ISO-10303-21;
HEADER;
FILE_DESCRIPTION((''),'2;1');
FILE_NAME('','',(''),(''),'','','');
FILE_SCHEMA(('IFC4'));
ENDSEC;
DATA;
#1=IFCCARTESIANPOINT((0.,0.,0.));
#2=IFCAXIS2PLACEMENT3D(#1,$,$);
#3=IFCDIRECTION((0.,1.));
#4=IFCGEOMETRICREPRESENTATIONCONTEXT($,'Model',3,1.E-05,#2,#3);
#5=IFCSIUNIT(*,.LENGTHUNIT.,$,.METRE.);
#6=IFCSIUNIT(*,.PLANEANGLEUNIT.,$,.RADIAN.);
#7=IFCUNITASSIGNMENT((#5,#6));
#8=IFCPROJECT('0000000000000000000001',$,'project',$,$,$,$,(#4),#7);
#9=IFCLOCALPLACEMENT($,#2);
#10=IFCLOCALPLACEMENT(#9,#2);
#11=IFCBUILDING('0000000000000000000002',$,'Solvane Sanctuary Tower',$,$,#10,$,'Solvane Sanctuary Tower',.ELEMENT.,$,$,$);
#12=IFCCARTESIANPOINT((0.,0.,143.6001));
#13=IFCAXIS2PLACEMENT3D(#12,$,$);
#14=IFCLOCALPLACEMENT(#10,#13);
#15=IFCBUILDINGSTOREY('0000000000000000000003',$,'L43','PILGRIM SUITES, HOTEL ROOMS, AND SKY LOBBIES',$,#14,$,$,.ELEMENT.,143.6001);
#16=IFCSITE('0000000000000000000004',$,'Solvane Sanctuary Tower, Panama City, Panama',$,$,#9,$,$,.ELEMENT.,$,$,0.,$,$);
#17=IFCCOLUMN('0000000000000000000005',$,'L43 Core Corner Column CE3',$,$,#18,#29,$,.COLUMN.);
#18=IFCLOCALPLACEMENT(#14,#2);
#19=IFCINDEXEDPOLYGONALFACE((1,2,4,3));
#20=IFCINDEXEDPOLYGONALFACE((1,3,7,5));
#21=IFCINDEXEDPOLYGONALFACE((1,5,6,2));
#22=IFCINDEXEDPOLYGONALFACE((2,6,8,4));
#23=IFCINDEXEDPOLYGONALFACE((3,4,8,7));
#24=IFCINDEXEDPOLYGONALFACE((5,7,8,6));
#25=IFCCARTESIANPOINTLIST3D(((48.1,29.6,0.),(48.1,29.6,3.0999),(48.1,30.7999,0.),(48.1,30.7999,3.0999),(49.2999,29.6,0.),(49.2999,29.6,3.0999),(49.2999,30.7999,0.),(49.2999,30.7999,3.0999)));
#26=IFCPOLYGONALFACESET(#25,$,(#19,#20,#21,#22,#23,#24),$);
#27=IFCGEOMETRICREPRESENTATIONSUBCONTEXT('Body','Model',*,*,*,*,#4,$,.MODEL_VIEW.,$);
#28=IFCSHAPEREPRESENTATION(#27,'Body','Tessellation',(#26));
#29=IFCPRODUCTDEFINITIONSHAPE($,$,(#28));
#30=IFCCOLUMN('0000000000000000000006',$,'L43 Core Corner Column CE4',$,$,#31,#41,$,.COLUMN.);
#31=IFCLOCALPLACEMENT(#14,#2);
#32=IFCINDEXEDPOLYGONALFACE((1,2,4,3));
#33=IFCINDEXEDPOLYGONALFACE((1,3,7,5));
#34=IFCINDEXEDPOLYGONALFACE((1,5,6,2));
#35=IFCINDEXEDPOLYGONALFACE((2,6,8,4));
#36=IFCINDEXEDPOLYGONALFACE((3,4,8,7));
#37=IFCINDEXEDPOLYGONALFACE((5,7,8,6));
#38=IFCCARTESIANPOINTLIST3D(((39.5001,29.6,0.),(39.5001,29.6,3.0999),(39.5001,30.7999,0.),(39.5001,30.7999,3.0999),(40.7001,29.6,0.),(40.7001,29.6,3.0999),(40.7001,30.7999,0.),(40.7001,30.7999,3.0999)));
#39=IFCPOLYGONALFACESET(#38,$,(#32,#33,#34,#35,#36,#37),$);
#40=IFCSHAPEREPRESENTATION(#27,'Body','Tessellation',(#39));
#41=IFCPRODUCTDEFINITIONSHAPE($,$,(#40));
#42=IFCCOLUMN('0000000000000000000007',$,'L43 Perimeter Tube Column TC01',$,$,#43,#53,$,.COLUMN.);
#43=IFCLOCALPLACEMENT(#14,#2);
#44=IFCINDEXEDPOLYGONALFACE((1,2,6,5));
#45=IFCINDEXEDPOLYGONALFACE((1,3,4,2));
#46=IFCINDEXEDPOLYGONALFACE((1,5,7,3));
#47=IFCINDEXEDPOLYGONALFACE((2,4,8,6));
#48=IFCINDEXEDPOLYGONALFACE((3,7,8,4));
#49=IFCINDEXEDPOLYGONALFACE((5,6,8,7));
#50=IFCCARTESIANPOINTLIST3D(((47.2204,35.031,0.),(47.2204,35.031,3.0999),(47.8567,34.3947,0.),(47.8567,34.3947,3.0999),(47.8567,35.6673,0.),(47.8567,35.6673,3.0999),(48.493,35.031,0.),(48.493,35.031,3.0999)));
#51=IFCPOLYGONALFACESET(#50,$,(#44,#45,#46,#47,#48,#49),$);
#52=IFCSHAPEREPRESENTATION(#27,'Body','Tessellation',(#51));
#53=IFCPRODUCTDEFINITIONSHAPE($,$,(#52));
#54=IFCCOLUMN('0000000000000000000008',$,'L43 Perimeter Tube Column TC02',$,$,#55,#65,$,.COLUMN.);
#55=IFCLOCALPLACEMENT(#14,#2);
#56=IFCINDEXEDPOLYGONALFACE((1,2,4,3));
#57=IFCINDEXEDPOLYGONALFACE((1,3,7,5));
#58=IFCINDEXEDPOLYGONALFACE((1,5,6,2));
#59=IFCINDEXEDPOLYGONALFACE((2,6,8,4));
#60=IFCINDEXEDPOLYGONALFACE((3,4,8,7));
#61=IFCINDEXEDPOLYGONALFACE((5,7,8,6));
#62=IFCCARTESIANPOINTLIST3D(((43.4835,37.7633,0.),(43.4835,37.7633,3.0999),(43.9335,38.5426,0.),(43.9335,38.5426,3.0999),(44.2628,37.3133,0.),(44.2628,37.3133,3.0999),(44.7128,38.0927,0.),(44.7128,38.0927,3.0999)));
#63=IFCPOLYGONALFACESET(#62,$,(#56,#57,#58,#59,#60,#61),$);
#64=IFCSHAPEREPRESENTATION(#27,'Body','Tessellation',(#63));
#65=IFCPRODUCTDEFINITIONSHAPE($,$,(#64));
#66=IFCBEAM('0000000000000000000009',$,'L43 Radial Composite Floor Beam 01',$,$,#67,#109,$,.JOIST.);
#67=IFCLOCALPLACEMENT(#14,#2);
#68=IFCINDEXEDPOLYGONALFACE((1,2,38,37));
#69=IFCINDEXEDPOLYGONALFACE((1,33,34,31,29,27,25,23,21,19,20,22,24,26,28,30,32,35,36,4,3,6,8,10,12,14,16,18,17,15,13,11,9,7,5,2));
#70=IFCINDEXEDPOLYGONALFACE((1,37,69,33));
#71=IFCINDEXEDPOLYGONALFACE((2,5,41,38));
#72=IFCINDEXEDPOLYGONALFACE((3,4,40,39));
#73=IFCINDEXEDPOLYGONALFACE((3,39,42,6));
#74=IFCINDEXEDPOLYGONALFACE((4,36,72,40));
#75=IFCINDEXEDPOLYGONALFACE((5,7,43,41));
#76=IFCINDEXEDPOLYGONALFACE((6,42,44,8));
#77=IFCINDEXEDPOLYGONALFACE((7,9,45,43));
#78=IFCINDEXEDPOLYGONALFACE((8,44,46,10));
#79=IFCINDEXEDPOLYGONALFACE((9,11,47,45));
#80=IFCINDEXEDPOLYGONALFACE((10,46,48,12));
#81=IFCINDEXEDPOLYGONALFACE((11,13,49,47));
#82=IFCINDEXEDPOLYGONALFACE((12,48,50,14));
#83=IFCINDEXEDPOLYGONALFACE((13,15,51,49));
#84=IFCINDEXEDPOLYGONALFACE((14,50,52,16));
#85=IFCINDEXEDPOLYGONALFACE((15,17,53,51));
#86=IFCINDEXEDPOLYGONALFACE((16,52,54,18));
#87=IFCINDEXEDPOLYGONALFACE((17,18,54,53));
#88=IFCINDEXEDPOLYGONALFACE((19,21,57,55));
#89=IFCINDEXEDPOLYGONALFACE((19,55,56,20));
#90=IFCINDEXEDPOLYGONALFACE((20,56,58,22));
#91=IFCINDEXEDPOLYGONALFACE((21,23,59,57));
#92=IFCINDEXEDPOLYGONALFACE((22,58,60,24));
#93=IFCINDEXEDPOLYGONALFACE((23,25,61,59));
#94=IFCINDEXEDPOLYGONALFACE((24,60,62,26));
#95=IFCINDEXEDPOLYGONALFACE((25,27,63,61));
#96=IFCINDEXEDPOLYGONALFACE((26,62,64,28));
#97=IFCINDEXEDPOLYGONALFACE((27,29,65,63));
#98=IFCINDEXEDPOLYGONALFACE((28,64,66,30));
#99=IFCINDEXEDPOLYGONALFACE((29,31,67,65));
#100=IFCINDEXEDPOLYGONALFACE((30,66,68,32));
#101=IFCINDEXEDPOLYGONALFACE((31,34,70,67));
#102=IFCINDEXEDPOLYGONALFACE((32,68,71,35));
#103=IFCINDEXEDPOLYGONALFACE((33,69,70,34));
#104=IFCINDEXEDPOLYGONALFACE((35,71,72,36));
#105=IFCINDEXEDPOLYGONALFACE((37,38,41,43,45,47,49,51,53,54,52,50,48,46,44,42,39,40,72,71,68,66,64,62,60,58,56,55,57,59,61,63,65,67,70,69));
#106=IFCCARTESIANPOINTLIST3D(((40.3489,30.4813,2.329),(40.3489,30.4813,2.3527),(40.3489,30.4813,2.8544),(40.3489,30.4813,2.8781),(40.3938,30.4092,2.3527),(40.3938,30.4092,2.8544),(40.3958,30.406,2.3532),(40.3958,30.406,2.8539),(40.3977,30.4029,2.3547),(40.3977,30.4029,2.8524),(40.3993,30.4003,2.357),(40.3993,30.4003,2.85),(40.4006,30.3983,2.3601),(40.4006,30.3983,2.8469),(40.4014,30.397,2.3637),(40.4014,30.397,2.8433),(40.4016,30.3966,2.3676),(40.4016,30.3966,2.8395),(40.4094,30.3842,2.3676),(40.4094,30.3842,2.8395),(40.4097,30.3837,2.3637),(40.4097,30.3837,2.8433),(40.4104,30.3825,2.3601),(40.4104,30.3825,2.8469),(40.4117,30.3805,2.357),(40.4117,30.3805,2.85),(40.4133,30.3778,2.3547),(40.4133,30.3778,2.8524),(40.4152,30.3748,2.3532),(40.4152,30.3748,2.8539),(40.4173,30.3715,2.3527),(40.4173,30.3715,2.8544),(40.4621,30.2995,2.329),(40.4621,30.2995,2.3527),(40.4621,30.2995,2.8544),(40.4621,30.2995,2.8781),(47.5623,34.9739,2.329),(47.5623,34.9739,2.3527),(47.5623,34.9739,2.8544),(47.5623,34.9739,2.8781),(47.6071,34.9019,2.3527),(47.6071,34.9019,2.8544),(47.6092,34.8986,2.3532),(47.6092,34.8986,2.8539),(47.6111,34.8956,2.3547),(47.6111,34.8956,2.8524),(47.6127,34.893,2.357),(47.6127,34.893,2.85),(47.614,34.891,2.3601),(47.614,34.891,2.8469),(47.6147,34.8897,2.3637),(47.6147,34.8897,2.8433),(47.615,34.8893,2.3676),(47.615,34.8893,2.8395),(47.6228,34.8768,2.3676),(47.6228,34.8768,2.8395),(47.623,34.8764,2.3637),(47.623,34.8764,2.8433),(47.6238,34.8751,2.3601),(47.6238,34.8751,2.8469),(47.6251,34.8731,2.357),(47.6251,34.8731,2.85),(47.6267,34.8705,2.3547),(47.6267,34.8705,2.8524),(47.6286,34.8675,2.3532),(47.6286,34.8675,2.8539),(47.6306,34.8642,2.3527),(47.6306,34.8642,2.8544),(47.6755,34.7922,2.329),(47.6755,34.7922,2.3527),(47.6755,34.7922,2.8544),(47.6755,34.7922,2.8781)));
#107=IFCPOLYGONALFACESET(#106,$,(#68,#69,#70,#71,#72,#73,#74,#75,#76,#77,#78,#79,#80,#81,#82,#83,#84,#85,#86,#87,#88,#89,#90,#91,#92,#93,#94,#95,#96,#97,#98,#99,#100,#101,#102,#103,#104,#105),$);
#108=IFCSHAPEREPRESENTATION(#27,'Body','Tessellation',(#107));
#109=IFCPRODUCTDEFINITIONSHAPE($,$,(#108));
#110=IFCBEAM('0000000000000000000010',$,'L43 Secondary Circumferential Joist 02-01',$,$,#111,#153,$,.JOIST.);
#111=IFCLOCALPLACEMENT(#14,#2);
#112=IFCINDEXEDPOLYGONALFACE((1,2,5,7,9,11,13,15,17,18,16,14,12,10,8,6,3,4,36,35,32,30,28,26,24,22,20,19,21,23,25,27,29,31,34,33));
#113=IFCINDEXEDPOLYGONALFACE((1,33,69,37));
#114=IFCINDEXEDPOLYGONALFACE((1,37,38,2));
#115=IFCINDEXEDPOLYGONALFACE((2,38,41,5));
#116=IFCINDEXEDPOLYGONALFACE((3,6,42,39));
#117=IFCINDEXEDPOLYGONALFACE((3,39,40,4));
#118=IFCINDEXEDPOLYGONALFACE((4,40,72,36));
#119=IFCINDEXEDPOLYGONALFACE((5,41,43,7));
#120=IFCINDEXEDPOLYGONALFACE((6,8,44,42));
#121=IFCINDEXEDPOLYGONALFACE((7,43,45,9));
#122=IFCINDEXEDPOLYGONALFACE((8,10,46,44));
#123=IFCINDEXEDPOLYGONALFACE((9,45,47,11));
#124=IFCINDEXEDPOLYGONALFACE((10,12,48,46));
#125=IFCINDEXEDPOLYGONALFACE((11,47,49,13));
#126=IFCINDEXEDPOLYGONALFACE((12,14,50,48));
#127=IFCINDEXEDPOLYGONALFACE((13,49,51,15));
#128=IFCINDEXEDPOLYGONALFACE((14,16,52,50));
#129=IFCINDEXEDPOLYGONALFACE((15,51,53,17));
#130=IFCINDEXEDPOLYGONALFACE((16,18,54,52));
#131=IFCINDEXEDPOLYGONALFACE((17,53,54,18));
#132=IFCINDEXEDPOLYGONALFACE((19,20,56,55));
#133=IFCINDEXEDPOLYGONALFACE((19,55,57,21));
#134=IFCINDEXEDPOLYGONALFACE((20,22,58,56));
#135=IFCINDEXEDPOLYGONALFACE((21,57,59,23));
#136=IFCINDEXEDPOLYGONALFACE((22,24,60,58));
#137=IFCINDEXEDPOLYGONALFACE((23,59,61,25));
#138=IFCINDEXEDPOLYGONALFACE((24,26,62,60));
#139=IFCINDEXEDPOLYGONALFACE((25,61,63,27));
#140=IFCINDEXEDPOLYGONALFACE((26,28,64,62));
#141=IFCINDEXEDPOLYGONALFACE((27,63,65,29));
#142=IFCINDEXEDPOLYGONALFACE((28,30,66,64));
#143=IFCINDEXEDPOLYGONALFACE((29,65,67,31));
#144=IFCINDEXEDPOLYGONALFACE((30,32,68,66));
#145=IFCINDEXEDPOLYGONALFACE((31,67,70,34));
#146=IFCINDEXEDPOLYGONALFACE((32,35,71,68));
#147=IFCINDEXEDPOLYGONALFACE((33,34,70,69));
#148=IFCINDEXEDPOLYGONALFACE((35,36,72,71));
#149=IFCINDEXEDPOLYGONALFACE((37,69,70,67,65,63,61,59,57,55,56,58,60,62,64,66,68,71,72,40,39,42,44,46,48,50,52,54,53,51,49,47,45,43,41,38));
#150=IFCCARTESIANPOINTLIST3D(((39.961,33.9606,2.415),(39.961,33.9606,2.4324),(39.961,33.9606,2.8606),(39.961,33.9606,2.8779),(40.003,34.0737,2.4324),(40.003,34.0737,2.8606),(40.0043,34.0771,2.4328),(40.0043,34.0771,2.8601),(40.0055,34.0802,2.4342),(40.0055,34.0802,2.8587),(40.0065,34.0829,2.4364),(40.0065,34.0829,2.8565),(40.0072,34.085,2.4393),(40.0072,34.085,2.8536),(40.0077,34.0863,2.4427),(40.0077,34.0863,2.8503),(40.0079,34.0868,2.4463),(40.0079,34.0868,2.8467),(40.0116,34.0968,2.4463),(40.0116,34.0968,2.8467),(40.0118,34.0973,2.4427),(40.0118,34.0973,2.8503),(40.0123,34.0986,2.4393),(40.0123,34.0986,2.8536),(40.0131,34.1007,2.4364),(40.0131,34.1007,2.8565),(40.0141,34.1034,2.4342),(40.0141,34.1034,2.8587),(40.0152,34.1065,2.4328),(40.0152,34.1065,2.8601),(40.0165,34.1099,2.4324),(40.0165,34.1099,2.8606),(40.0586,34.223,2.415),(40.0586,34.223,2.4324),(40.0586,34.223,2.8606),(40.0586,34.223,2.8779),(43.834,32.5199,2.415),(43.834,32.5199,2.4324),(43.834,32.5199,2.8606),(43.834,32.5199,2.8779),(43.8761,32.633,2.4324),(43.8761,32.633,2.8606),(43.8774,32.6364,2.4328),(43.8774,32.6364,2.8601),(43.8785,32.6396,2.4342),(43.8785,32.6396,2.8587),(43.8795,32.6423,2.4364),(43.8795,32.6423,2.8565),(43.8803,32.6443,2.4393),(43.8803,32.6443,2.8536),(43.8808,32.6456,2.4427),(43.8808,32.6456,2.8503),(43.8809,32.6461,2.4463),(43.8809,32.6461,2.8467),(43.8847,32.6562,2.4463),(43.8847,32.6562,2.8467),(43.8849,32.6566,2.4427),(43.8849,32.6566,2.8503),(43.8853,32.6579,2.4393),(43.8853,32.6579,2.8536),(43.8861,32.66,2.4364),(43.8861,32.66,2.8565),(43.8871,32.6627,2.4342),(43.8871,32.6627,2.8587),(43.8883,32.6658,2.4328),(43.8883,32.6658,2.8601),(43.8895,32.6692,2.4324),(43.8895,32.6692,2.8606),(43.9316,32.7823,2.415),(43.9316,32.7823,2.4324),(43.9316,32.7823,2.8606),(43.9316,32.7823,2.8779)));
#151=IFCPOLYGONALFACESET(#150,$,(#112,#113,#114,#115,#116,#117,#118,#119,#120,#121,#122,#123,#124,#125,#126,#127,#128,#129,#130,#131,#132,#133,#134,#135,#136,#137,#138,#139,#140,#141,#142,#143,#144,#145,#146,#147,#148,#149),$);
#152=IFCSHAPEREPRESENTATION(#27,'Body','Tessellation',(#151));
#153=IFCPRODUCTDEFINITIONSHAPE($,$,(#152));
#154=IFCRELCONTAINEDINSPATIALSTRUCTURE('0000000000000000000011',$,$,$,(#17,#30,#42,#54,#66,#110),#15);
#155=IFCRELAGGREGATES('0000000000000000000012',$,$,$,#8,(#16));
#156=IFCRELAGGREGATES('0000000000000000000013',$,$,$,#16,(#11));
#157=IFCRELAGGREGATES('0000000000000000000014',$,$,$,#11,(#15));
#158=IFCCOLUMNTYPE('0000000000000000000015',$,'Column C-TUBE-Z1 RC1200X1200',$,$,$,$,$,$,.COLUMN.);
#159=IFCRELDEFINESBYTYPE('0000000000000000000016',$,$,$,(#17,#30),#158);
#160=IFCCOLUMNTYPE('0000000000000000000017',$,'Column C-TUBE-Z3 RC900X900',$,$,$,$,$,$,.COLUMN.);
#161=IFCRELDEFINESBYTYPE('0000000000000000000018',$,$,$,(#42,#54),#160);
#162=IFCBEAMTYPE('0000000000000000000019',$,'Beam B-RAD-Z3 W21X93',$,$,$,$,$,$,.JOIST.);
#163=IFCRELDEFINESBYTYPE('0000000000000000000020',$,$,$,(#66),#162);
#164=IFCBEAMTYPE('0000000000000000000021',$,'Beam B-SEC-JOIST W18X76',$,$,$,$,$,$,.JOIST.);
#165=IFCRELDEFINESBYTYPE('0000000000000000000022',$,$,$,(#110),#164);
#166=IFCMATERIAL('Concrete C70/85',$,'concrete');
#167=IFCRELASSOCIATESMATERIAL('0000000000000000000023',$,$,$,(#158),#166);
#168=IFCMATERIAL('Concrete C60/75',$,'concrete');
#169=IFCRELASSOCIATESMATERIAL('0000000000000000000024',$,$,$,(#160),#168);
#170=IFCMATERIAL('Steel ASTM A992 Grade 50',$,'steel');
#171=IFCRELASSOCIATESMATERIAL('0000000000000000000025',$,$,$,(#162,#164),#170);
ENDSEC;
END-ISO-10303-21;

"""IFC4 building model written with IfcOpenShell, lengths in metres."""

from ifc_helpers import new_model, si_unit, direction, frame, origin, origin_2d, place, context, subcontext, project, spatial, rectangle, i_section, extrude, material, material_profile, profile_set, type_object, element, save


model = new_model("IFC4")

# Units and contexts
model_context = context("Model", 3, precision=1e-05, world=origin(), true_north=direction((0.0, 1.0)))
body_context = subcontext(model_context, "Body", "Model", "MODEL_VIEW")
ifc_project = project(units=[si_unit("LENGTHUNIT", "METRE"), si_unit("PLANEANGLEUNIT", "RADIAN")], contexts=[model_context])

# Site, building, storey
site_placement = place(None, origin())
site = spatial("IfcSite", under=ifc_project, at=site_placement, Name="Solvane Sanctuary Tower, Panama City, Panama", CompositionType="ELEMENT", RefElevation=0.0)
building_placement = place(site_placement, origin())
building = spatial("IfcBuilding", under=site, at=building_placement, Name="Solvane Sanctuary Tower", LongName="Solvane Sanctuary Tower", CompositionType="ELEMENT")
storey_placement = place(building_placement, frame((0.0, 0.0, 143.6001)))
storey = spatial("IfcBuildingStorey", under=building, at=storey_placement, Name="L43", Description="PILGRIM SUITES, HOTEL ROOMS, AND SKY LOBBIES", CompositionType="ELEMENT", Elevation=143.6001)

# Columns
ifc_material_1 = material(Name="Concrete C70/85", Category="concrete")
ifc_material_profile_1 = material_profile(ifc_material_1, rectangle(XDim=1.2, YDim=1.2, at=origin_2d()), Name="RC1200X1200")
ifc_profile_set_1 = profile_set([ifc_material_profile_1], Name="Concrete C70/85")
column_type_1 = type_object("IfcColumnType", Name="Column C-TUBE-Z1 RC1200X1200", PredefinedType="COLUMN", material=ifc_profile_set_1)
for number, where, z_axis, x_axis, name in (
    (1, (48.7, 30.2, 0.0), (0.0, 0.0, 1.0), (1.0, 0.0, 0.0), "L43 Core Corner Column CE3"),
    (2, (40.1001, 30.2, 0.0), (0.0, 0.0, 1.0), (1.0, 0.0, 0.0), "L43 Core Corner Column CE4"),
):
    element("IfcColumn", number, at=place(storey_placement, frame(where, z_axis=z_axis, x_axis=x_axis)), inside=storey, type_object=column_type_1, Name=name, PredefinedType="COLUMN", context=body_context, shape_type="SweptSolid", body=[
        extrude(rectangle(XDim=1.2, YDim=1.2, at=origin_2d()), origin(), (0.0, 0.0, 1.0), 3.0999),
    ])
ifc_material_2 = material(Name="Concrete C60/75", Category="concrete")
ifc_material_profile_2 = material_profile(ifc_material_2, rectangle(XDim=0.8999, YDim=0.8999, at=origin_2d()), Name="RC900X900")
ifc_profile_set_2 = profile_set([ifc_material_profile_2], Name="Concrete C60/75")
column_type_2 = type_object("IfcColumnType", Name="Column C-TUBE-Z3 RC900X900", PredefinedType="COLUMN", material=ifc_profile_set_2)
for number, where, z_axis, x_axis, name in (
    (3, (47.8567, 35.031, 0.0), (0.0, 0.0, 1.0), (0.707107, 0.707107, 0.0), "L43 Perimeter Tube Column TC01"),
    (4, (44.0981, 37.928, 0.0), (0.0, 0.0, 1.0), (0.5, 0.866025, 0.0), "L43 Perimeter Tube Column TC02"),
):
    element("IfcColumn", number, at=place(storey_placement, frame(where, z_axis=z_axis, x_axis=x_axis)), inside=storey, type_object=column_type_2, Name=name, PredefinedType="COLUMN", context=body_context, shape_type="SweptSolid", body=[
        extrude(rectangle(XDim=0.8999, YDim=0.8999, at=origin_2d()), origin(), (0.0, 0.0, 1.0), 3.0999),
    ])

# Beams
ifc_material_3 = material(Name="Steel ASTM A992 Grade 50", Category="steel")
ifc_material_profile_3 = material_profile(ifc_material_3, i_section(OverallWidth=0.2141, OverallDepth=0.5491, WebThickness=0.0146, FlangeThickness=0.0237, FilletRadius=0.0149, at=origin_2d()), Name="W21X93")
ifc_profile_set_3 = profile_set([ifc_material_profile_3], Name="Steel ASTM A992 Grade 50")
beam_type_1 = type_object("IfcBeamType", Name="Beam B-RAD-Z3 W21X93", PredefinedType="JOIST", material=ifc_profile_set_3)
beam_1_placement = place(storey_placement, frame((40.4055, 30.3904, 2.6035), z_axis=(0.848827, 0.528671, 0.0), x_axis=(-0.528671, 0.848827, 0.0)))
element("IfcBeam", 5, at=beam_1_placement, inside=storey, type_object=beam_type_1, Name="L43 Radial Composite Floor Beam 01", PredefinedType="JOIST", context=body_context, shape_type="SweptSolid", body=[
    extrude(i_section(OverallWidth=0.2141, OverallDepth=0.5491, WebThickness=0.0146, FlangeThickness=0.0237, FilletRadius=0.0149, at=origin_2d()), origin(), (0.0, 0.0, 1.0), 8.498),
])
ifc_material_profile_4 = material_profile(ifc_material_3, i_section(OverallWidth=0.28, OverallDepth=0.4629, WebThickness=0.0107, FlangeThickness=0.0173, FilletRadius=0.0139, at=origin_2d()), Name="W18X76")
ifc_profile_set_4 = profile_set([ifc_material_profile_4], Name="Steel ASTM A992 Grade 50")
beam_type_2 = type_object("IfcBeamType", Name="Beam B-SEC-JOIST W18X76", PredefinedType="JOIST", material=ifc_profile_set_4)
beam_2_placement = place(storey_placement, frame((40.0098, 34.0918, 2.6465), z_axis=(0.937258, -0.348636, 0.0), x_axis=(0.348636, 0.937258, 0.0)))
element("IfcBeam", 6, at=beam_2_placement, inside=storey, type_object=beam_type_2, Name="L43 Secondary Circumferential Joist 02-01", PredefinedType="JOIST", context=body_context, shape_type="SweptSolid", body=[
    extrude(i_section(OverallWidth=0.28, OverallDepth=0.4629, WebThickness=0.0107, FlangeThickness=0.0173, FilletRadius=0.0139, at=origin_2d()), origin(), (0.0, 0.0, 1.0), 4.1323),
])

save(model, "model.ifc")
